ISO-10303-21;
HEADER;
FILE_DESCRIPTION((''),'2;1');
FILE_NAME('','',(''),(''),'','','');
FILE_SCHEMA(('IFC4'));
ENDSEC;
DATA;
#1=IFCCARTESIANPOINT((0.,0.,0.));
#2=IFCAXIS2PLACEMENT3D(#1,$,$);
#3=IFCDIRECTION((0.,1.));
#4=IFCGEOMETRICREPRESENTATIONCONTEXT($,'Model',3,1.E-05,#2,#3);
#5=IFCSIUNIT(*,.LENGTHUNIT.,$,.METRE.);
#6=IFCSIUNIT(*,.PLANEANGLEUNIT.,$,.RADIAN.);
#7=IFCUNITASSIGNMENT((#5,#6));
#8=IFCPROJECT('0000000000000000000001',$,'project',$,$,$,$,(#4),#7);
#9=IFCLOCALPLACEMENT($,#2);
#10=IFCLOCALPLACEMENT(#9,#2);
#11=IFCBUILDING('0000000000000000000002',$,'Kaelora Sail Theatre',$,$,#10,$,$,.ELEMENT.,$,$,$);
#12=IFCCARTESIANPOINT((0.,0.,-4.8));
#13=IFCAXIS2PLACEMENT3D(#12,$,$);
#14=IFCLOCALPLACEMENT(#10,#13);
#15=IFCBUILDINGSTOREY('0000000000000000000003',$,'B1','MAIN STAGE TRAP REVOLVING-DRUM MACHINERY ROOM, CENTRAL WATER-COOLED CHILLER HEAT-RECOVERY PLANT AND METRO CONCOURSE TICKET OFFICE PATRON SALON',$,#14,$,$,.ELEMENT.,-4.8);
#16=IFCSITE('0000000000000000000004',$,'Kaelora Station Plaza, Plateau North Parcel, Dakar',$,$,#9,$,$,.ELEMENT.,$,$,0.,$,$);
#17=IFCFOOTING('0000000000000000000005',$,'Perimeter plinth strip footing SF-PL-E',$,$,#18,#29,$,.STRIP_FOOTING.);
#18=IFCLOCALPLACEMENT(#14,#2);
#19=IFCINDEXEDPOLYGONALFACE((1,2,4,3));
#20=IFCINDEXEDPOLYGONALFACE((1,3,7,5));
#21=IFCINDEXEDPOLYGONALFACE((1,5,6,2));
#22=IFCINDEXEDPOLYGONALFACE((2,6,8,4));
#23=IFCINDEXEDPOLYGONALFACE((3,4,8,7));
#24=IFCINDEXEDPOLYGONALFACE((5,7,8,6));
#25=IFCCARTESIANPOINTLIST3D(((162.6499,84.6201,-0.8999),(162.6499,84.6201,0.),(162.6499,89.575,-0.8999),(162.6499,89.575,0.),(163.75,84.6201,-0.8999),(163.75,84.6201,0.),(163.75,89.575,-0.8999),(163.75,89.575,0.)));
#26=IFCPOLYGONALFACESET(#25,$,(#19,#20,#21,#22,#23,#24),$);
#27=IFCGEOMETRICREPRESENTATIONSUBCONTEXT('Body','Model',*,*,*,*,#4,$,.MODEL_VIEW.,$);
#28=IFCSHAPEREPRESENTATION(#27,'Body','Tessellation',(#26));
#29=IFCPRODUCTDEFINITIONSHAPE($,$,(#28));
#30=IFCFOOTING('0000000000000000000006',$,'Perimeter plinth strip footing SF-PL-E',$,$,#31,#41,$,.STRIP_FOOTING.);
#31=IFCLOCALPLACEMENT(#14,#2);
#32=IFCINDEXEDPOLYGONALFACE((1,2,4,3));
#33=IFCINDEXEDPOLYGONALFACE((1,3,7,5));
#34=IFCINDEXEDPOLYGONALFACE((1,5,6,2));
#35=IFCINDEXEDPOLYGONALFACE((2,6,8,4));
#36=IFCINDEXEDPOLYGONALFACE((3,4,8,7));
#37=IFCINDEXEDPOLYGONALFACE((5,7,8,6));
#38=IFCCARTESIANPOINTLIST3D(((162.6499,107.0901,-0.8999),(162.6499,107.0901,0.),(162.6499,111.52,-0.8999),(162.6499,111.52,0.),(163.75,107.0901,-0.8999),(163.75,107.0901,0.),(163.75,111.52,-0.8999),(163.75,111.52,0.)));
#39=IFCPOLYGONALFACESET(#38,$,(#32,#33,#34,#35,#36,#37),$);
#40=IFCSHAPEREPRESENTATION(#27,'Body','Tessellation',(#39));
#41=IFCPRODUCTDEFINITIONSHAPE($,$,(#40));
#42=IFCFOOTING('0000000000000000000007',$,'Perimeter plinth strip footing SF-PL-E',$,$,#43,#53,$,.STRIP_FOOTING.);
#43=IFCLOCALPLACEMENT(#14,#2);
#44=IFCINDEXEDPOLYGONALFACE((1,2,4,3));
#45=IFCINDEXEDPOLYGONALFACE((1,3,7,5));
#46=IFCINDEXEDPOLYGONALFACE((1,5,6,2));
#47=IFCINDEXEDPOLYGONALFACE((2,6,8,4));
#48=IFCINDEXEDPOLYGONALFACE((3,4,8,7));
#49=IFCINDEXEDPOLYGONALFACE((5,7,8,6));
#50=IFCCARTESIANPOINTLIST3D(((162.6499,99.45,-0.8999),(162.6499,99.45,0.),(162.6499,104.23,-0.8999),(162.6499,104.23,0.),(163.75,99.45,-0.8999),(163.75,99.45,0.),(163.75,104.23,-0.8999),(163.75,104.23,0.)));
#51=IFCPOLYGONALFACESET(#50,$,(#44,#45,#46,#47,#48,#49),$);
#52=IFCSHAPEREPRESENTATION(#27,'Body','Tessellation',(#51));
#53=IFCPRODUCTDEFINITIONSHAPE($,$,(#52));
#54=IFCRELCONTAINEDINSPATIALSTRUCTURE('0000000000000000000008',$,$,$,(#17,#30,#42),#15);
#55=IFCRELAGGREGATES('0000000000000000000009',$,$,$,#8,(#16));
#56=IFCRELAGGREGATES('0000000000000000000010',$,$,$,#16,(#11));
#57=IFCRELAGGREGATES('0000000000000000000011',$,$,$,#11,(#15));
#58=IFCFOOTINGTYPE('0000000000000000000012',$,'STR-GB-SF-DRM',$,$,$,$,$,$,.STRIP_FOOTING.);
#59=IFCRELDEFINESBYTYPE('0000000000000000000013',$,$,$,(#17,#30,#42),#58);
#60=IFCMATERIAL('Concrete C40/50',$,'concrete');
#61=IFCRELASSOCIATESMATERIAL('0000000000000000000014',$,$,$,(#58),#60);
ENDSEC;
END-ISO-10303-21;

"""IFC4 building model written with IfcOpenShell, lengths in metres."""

from ifc_helpers import new_model, si_unit, direction, frame, origin, place, context, subcontext, project, spatial, polyline, outline, extrude, material, type_object, element, save


model = new_model("IFC4")

# Units and contexts
model_context = context("Model", 3, precision=1e-05, world=origin(), true_north=direction((0.0, 1.0)))
body_context = subcontext(model_context, "Body", "Model", "MODEL_VIEW")
ifc_project = project(units=[si_unit("LENGTHUNIT", "METRE"), si_unit("PLANEANGLEUNIT", "RADIAN")], contexts=[model_context])

# Site, building, storey
site_placement = place(None, origin())
site = spatial("IfcSite", under=ifc_project, at=site_placement, Name="Kaelora Station Plaza, Plateau North Parcel, Dakar", CompositionType="ELEMENT", RefElevation=0.0)
building_placement = place(site_placement, origin())
building = spatial("IfcBuilding", under=site, at=building_placement, Name="Kaelora Sail Theatre", CompositionType="ELEMENT")
storey_placement = place(building_placement, frame((0.0, 0.0, -4.8)))
storey = spatial("IfcBuildingStorey", under=building, at=storey_placement, Name="B1", Description="MAIN STAGE TRAP REVOLVING-DRUM MACHINERY ROOM, CENTRAL WATER-COOLED CHILLER HEAT-RECOVERY PLANT AND METRO CONCOURSE TICKET OFFICE PATRON SALON", CompositionType="ELEMENT", Elevation=-4.8)

# Footings
ifc_material = material(Name="Concrete C40/50", Category="concrete")
footing_type = type_object("IfcFootingType", Name="STR-GB-SF-DRM", PredefinedType="STRIP_FOOTING", material=ifc_material)
footing_1_placement = place(storey_placement, frame((0.0, 0.0, -0.8999)))
element("IfcFooting", 1, at=footing_1_placement, inside=storey, type_object=footing_type, Name="Perimeter plinth strip footing SF-PL-E", PredefinedType="STRIP_FOOTING", context=body_context, shape_type="SweptSolid", body=[
    extrude(outline(polyline([(162.6499, 84.6201), (162.6499, 89.575), (163.75, 89.575), (163.75, 84.6201), (162.6499, 84.6201)])), origin(), (0.0, 0.0, 1.0), 0.8999),
])
footing_2_placement = place(storey_placement, frame((0.0, 0.0, -0.8999)))
element("IfcFooting", 2, at=footing_2_placement, inside=storey, type_object=footing_type, Name="Perimeter plinth strip footing SF-PL-E", PredefinedType="STRIP_FOOTING", context=body_context, shape_type="SweptSolid", body=[
    extrude(outline(polyline([(162.6499, 111.52), (163.75, 111.52), (163.75, 107.0901), (162.6499, 107.0901), (162.6499, 111.52)])), origin(), (0.0, 0.0, 1.0), 0.8999),
])
footing_3_placement = place(storey_placement, frame((0.0, 0.0, -0.8999)))
element("IfcFooting", 3, at=footing_3_placement, inside=storey, type_object=footing_type, Name="Perimeter plinth strip footing SF-PL-E", PredefinedType="STRIP_FOOTING", context=body_context, shape_type="SweptSolid", body=[
    extrude(outline(polyline([(162.6499, 104.23), (163.75, 104.23), (163.75, 99.45), (162.6499, 99.45), (162.6499, 104.23)])), origin(), (0.0, 0.0, 1.0), 0.8999),
])

save(model, "model.ifc")
